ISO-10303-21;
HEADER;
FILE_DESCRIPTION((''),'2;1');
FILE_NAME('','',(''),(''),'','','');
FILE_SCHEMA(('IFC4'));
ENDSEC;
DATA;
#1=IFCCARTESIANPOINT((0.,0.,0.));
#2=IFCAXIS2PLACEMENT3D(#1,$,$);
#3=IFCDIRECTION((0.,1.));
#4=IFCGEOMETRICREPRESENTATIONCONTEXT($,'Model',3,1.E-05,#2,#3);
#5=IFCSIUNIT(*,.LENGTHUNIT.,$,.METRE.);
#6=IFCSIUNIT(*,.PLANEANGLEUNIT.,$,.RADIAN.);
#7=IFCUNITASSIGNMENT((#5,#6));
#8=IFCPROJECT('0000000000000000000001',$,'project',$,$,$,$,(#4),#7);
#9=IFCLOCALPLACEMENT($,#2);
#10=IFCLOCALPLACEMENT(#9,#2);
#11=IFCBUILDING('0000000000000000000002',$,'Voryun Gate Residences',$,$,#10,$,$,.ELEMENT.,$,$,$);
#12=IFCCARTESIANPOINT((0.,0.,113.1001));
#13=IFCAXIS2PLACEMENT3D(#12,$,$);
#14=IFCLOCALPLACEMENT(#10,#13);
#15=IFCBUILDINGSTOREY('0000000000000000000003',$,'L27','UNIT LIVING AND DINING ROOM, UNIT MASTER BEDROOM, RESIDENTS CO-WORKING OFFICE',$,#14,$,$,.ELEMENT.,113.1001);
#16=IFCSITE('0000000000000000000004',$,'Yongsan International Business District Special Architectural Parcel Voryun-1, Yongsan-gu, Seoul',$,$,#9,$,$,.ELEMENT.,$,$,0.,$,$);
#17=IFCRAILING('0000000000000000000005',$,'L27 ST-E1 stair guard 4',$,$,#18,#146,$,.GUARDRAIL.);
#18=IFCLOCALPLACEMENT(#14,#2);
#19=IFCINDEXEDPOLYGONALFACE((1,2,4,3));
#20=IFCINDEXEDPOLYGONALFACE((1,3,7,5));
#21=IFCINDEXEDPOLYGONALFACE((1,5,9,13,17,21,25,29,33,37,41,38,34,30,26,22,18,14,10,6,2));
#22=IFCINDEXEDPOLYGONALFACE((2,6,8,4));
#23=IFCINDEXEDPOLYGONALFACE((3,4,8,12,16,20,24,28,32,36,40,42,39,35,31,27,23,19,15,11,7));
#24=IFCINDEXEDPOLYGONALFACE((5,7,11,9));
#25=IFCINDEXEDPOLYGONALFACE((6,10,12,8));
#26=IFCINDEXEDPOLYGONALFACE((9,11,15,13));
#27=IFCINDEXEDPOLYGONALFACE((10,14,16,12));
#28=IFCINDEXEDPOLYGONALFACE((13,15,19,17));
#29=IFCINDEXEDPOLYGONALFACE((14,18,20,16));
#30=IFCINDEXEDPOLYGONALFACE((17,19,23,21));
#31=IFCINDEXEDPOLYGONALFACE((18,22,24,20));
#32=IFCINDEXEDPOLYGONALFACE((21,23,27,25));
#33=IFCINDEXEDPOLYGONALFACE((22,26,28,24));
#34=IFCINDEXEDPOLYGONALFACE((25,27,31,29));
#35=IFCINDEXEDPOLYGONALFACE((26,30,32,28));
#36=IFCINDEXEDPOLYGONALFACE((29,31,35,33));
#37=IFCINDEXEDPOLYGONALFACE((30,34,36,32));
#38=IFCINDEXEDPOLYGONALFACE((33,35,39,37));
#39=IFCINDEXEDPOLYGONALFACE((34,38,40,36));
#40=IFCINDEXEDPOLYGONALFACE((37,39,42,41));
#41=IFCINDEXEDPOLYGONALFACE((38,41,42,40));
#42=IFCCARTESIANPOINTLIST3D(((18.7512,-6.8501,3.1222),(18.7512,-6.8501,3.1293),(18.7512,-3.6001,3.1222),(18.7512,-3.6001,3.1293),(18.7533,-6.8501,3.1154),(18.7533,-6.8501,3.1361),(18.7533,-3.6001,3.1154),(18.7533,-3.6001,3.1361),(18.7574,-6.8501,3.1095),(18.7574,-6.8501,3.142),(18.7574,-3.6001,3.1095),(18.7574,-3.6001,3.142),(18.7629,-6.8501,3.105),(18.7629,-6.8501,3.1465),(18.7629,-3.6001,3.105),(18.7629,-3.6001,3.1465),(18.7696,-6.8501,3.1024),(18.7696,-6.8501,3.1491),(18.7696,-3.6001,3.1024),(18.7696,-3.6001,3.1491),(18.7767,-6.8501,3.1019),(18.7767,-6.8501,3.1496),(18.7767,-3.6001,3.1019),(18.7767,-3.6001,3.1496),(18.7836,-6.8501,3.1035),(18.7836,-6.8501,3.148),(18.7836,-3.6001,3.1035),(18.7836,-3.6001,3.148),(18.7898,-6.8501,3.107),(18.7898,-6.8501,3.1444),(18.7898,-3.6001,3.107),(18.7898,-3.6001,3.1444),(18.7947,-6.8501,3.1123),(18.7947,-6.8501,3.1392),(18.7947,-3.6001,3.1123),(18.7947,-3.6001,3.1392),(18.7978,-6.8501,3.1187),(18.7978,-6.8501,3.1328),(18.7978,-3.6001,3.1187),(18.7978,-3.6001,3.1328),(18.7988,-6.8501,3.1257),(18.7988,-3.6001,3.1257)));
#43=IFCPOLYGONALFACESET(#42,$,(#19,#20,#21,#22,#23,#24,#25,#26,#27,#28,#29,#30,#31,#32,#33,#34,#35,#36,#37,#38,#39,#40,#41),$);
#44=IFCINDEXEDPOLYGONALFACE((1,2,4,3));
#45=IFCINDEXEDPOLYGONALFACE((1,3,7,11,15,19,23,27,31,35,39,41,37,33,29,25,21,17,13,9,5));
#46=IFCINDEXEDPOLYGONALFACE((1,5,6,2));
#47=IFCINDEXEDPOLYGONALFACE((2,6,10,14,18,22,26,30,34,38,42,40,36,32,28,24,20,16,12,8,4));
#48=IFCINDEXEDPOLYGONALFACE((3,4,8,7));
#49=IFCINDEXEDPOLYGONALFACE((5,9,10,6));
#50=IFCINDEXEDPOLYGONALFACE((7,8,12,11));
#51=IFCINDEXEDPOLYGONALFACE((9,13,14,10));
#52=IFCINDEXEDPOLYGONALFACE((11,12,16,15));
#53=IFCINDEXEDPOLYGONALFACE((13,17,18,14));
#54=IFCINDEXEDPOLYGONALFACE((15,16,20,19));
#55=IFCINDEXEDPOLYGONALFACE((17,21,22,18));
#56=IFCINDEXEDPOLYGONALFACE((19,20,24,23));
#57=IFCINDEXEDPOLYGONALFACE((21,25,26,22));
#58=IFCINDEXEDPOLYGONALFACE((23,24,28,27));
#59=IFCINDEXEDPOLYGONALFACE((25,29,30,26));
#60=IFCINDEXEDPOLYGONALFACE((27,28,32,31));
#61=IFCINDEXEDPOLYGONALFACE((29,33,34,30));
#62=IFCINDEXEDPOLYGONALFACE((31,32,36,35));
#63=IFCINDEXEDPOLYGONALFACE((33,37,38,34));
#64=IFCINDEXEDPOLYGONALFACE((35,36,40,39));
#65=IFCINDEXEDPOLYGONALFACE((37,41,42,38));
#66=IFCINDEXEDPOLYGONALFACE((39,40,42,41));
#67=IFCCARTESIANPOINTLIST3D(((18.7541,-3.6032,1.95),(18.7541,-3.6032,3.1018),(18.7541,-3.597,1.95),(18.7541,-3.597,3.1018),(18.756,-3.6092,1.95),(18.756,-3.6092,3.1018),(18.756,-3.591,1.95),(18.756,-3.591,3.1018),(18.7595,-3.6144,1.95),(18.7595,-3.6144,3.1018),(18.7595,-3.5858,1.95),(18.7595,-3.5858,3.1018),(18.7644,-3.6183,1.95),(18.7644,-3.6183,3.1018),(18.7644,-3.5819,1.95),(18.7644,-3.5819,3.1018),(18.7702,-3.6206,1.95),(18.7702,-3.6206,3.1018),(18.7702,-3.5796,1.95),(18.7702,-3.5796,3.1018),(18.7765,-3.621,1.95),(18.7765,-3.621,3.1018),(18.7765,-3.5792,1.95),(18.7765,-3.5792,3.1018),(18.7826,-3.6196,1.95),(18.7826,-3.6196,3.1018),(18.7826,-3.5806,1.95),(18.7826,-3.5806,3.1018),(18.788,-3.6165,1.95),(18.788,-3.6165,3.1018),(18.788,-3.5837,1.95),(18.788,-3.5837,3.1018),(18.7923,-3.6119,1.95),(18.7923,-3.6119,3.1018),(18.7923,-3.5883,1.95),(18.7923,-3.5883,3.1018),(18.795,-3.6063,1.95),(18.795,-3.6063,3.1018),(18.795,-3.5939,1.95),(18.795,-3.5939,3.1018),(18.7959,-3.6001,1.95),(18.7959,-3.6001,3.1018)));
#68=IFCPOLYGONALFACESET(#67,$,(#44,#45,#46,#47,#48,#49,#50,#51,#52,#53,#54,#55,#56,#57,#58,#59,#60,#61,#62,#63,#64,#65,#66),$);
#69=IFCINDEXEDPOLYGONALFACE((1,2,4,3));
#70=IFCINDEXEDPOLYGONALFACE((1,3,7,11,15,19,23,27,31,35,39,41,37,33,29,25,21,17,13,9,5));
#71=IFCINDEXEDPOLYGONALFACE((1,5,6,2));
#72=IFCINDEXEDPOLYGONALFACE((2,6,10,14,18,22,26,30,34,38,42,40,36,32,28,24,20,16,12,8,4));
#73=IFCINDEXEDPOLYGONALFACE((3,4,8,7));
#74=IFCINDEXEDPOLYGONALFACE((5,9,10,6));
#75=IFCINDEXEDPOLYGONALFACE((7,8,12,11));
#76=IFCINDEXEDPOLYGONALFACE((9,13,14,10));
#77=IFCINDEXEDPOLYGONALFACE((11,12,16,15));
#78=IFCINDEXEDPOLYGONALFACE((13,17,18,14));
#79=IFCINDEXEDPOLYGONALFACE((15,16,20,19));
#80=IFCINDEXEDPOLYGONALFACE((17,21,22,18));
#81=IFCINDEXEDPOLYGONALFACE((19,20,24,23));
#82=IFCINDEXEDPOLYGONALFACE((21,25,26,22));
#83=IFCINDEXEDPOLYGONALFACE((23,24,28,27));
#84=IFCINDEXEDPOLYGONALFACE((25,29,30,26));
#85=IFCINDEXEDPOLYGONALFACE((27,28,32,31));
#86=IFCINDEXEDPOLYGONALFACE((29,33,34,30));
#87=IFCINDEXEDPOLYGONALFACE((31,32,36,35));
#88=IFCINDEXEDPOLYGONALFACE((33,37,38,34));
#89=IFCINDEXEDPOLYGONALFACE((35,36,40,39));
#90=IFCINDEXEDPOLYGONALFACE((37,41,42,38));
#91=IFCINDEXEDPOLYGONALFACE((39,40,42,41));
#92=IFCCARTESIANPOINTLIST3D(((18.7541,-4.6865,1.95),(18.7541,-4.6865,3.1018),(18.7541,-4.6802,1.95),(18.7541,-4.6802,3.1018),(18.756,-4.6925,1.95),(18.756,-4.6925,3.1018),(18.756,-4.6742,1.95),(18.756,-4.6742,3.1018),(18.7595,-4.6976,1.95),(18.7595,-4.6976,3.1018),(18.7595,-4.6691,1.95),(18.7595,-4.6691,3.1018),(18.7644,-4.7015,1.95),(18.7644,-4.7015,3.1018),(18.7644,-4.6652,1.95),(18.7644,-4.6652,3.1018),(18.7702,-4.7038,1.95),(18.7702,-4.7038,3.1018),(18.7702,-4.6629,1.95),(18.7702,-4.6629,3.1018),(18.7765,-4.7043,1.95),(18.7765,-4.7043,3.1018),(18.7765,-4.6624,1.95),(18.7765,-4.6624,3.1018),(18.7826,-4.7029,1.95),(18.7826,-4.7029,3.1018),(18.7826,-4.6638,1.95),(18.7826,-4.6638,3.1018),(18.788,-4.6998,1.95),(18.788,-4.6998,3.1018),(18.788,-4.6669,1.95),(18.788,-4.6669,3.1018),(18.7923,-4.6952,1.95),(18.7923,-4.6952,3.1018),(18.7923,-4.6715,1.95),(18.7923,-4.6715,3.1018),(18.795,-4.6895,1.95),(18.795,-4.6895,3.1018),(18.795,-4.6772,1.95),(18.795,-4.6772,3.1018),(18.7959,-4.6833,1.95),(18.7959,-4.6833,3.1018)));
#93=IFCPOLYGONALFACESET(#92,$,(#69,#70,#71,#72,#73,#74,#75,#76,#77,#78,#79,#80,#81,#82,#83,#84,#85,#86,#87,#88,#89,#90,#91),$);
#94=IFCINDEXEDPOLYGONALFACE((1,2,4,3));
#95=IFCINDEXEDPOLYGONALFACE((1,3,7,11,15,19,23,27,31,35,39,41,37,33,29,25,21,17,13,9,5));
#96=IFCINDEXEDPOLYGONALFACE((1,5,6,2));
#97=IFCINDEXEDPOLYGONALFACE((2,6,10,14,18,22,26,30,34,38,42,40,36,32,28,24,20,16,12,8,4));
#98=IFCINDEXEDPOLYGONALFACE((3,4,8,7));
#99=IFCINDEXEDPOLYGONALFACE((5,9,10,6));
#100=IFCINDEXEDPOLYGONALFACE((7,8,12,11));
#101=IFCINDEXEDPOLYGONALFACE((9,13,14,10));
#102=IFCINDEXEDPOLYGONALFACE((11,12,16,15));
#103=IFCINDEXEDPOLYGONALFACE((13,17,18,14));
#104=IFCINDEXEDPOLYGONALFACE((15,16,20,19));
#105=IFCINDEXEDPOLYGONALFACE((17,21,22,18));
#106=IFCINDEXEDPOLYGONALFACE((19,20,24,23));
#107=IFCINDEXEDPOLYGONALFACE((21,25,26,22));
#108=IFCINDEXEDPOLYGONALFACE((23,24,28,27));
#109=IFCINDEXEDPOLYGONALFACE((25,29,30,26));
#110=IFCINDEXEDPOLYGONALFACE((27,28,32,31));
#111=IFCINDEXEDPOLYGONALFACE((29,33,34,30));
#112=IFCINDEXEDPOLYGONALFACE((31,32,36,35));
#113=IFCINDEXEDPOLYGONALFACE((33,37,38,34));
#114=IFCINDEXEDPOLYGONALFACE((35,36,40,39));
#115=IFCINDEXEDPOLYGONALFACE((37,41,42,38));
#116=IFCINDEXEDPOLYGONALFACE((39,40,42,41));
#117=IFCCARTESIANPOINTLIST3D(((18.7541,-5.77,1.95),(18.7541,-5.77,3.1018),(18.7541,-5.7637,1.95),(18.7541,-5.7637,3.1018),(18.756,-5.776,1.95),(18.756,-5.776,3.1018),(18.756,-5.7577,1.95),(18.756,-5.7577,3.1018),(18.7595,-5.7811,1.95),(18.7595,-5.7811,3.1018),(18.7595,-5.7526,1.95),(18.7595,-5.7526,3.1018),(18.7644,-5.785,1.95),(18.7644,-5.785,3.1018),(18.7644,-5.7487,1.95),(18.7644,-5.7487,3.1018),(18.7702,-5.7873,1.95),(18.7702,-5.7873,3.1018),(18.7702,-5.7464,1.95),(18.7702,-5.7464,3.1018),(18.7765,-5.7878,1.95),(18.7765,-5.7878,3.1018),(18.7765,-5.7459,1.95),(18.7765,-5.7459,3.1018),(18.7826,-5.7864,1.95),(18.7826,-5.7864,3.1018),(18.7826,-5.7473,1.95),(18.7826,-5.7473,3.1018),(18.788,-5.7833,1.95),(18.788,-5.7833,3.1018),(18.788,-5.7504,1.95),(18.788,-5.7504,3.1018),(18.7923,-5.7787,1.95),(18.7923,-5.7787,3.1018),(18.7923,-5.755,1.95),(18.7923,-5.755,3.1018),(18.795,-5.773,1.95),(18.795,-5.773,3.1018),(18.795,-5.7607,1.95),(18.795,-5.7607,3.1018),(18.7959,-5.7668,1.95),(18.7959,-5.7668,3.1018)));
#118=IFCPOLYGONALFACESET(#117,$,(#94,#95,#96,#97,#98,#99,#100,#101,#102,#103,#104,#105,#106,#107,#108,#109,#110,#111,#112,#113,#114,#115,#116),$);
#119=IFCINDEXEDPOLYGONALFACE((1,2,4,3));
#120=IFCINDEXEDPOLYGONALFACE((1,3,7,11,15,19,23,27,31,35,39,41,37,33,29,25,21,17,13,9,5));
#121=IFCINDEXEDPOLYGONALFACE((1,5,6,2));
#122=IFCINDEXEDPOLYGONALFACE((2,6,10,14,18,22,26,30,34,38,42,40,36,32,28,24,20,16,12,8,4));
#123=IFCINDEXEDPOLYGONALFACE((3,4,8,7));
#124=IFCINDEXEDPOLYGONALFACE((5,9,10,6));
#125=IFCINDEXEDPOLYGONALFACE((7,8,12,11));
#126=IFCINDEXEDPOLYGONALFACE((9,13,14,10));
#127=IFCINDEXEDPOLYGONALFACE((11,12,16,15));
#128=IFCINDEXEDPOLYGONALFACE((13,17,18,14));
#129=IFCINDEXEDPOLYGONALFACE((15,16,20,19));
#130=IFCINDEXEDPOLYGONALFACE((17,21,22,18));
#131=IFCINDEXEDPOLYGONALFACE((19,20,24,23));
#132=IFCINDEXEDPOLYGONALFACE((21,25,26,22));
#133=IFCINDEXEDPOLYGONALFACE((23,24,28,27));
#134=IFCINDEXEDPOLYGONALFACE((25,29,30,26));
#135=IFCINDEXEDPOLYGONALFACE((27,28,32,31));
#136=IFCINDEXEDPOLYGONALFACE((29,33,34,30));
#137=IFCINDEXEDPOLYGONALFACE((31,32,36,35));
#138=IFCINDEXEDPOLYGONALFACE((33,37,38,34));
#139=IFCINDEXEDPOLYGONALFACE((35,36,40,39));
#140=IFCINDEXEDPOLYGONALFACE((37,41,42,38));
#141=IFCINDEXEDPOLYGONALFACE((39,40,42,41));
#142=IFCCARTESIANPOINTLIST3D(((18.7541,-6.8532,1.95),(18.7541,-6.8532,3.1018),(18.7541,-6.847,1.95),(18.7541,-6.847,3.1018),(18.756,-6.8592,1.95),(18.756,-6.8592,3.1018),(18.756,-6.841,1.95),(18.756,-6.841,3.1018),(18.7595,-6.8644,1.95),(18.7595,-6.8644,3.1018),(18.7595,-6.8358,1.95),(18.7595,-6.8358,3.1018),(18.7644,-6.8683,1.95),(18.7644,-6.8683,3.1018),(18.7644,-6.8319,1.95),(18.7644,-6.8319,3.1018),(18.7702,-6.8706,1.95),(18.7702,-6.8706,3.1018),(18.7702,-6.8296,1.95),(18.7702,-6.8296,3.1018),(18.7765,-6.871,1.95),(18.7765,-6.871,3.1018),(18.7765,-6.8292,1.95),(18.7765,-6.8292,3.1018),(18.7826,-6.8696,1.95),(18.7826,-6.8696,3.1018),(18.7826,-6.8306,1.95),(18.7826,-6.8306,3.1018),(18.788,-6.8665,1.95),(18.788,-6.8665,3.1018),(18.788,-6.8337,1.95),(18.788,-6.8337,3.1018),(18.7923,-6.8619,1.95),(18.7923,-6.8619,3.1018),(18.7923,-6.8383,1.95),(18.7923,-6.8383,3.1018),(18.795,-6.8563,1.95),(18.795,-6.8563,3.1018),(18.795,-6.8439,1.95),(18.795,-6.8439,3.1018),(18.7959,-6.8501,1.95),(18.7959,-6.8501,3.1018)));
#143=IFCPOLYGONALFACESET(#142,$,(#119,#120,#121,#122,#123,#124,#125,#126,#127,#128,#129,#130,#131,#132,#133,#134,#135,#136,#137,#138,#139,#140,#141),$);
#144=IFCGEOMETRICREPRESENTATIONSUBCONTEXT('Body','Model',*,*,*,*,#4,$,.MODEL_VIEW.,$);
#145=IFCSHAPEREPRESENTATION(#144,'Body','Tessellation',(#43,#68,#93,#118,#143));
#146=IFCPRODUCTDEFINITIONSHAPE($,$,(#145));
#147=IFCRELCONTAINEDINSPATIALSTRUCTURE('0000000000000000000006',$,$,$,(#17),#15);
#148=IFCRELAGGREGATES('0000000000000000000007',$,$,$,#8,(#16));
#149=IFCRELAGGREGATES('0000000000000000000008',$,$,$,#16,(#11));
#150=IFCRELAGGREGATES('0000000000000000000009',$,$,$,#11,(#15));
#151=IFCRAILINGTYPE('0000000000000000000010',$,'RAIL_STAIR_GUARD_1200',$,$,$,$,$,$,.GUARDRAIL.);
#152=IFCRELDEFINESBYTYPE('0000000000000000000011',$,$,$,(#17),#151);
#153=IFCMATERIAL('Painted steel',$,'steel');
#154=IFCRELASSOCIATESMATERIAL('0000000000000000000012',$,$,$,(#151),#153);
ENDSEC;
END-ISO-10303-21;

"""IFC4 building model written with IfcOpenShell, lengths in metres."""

from ifc_helpers import new_model, si_unit, direction, frame, origin, origin_2d, place, context, subcontext, project, spatial, circle, extrude, material, type_object, element, save


model = new_model("IFC4")

# Units and contexts
model_context = context("Model", 3, precision=1e-05, world=origin(), true_north=direction((0.0, 1.0)))
body_context = subcontext(model_context, "Body", "Model", "MODEL_VIEW")
ifc_project = project(units=[si_unit("LENGTHUNIT", "METRE"), si_unit("PLANEANGLEUNIT", "RADIAN")], contexts=[model_context])

# Site, building, storey
site_placement = place(None, origin())
site = spatial("IfcSite", under=ifc_project, at=site_placement, Name="Yongsan International Business District Special Architectural Parcel Voryun-1, Yongsan-gu, Seoul", CompositionType="ELEMENT", RefElevation=0.0)
building_placement = place(site_placement, origin())
building = spatial("IfcBuilding", under=site, at=building_placement, Name="Voryun Gate Residences", CompositionType="ELEMENT")
storey_placement = place(building_placement, frame((0.0, 0.0, 113.1001)))
storey = spatial("IfcBuildingStorey", under=building, at=storey_placement, Name="L27", Description="UNIT LIVING AND DINING ROOM, UNIT MASTER BEDROOM, RESIDENTS CO-WORKING OFFICE", CompositionType="ELEMENT", Elevation=113.1001)

# Railing
ifc_material_1 = material(Name="Painted steel", Category="steel")
railing_type_1 = type_object("IfcRailingType", Name="RAIL_STAIR_GUARD_1200", PredefinedType="GUARDRAIL", material=ifc_material_1)
railing_1_placement = place(storey_placement, frame((18.7749, -3.6001, 1.95)))
element("IfcRailing", 1, at=railing_1_placement, inside=storey, type_object=railing_type_1, Name="L27 ST-E1 stair guard 4", PredefinedType="GUARDRAIL", context=body_context, shape_type="SweptSolid", body=[
    extrude(circle(Radius=0.0239, at=origin_2d()), frame((0.0, 0.0, 1.1758), z_axis=(0.0, -1.0, 0.0), x_axis=(1.0, 0.0, 0.0)), (0.0, 0.0, 1.0), 3.25),
    extrude(circle(Radius=0.021, at=origin_2d()), origin(), (0.0, 0.0, 1.0), 1.1519),
    extrude(circle(Radius=0.021, at=origin_2d()), frame((0.0, -1.0833, 0.0)), (0.0, 0.0, 1.0), 1.1519),
    extrude(circle(Radius=0.021, at=origin_2d()), frame((0.0, -2.1667, 0.0)), (0.0, 0.0, 1.0), 1.1519),
    extrude(circle(Radius=0.021, at=origin_2d()), frame((0.0, -3.25, 0.0)), (0.0, 0.0, 1.0), 1.1519),
])

save(model, "model.ifc")
